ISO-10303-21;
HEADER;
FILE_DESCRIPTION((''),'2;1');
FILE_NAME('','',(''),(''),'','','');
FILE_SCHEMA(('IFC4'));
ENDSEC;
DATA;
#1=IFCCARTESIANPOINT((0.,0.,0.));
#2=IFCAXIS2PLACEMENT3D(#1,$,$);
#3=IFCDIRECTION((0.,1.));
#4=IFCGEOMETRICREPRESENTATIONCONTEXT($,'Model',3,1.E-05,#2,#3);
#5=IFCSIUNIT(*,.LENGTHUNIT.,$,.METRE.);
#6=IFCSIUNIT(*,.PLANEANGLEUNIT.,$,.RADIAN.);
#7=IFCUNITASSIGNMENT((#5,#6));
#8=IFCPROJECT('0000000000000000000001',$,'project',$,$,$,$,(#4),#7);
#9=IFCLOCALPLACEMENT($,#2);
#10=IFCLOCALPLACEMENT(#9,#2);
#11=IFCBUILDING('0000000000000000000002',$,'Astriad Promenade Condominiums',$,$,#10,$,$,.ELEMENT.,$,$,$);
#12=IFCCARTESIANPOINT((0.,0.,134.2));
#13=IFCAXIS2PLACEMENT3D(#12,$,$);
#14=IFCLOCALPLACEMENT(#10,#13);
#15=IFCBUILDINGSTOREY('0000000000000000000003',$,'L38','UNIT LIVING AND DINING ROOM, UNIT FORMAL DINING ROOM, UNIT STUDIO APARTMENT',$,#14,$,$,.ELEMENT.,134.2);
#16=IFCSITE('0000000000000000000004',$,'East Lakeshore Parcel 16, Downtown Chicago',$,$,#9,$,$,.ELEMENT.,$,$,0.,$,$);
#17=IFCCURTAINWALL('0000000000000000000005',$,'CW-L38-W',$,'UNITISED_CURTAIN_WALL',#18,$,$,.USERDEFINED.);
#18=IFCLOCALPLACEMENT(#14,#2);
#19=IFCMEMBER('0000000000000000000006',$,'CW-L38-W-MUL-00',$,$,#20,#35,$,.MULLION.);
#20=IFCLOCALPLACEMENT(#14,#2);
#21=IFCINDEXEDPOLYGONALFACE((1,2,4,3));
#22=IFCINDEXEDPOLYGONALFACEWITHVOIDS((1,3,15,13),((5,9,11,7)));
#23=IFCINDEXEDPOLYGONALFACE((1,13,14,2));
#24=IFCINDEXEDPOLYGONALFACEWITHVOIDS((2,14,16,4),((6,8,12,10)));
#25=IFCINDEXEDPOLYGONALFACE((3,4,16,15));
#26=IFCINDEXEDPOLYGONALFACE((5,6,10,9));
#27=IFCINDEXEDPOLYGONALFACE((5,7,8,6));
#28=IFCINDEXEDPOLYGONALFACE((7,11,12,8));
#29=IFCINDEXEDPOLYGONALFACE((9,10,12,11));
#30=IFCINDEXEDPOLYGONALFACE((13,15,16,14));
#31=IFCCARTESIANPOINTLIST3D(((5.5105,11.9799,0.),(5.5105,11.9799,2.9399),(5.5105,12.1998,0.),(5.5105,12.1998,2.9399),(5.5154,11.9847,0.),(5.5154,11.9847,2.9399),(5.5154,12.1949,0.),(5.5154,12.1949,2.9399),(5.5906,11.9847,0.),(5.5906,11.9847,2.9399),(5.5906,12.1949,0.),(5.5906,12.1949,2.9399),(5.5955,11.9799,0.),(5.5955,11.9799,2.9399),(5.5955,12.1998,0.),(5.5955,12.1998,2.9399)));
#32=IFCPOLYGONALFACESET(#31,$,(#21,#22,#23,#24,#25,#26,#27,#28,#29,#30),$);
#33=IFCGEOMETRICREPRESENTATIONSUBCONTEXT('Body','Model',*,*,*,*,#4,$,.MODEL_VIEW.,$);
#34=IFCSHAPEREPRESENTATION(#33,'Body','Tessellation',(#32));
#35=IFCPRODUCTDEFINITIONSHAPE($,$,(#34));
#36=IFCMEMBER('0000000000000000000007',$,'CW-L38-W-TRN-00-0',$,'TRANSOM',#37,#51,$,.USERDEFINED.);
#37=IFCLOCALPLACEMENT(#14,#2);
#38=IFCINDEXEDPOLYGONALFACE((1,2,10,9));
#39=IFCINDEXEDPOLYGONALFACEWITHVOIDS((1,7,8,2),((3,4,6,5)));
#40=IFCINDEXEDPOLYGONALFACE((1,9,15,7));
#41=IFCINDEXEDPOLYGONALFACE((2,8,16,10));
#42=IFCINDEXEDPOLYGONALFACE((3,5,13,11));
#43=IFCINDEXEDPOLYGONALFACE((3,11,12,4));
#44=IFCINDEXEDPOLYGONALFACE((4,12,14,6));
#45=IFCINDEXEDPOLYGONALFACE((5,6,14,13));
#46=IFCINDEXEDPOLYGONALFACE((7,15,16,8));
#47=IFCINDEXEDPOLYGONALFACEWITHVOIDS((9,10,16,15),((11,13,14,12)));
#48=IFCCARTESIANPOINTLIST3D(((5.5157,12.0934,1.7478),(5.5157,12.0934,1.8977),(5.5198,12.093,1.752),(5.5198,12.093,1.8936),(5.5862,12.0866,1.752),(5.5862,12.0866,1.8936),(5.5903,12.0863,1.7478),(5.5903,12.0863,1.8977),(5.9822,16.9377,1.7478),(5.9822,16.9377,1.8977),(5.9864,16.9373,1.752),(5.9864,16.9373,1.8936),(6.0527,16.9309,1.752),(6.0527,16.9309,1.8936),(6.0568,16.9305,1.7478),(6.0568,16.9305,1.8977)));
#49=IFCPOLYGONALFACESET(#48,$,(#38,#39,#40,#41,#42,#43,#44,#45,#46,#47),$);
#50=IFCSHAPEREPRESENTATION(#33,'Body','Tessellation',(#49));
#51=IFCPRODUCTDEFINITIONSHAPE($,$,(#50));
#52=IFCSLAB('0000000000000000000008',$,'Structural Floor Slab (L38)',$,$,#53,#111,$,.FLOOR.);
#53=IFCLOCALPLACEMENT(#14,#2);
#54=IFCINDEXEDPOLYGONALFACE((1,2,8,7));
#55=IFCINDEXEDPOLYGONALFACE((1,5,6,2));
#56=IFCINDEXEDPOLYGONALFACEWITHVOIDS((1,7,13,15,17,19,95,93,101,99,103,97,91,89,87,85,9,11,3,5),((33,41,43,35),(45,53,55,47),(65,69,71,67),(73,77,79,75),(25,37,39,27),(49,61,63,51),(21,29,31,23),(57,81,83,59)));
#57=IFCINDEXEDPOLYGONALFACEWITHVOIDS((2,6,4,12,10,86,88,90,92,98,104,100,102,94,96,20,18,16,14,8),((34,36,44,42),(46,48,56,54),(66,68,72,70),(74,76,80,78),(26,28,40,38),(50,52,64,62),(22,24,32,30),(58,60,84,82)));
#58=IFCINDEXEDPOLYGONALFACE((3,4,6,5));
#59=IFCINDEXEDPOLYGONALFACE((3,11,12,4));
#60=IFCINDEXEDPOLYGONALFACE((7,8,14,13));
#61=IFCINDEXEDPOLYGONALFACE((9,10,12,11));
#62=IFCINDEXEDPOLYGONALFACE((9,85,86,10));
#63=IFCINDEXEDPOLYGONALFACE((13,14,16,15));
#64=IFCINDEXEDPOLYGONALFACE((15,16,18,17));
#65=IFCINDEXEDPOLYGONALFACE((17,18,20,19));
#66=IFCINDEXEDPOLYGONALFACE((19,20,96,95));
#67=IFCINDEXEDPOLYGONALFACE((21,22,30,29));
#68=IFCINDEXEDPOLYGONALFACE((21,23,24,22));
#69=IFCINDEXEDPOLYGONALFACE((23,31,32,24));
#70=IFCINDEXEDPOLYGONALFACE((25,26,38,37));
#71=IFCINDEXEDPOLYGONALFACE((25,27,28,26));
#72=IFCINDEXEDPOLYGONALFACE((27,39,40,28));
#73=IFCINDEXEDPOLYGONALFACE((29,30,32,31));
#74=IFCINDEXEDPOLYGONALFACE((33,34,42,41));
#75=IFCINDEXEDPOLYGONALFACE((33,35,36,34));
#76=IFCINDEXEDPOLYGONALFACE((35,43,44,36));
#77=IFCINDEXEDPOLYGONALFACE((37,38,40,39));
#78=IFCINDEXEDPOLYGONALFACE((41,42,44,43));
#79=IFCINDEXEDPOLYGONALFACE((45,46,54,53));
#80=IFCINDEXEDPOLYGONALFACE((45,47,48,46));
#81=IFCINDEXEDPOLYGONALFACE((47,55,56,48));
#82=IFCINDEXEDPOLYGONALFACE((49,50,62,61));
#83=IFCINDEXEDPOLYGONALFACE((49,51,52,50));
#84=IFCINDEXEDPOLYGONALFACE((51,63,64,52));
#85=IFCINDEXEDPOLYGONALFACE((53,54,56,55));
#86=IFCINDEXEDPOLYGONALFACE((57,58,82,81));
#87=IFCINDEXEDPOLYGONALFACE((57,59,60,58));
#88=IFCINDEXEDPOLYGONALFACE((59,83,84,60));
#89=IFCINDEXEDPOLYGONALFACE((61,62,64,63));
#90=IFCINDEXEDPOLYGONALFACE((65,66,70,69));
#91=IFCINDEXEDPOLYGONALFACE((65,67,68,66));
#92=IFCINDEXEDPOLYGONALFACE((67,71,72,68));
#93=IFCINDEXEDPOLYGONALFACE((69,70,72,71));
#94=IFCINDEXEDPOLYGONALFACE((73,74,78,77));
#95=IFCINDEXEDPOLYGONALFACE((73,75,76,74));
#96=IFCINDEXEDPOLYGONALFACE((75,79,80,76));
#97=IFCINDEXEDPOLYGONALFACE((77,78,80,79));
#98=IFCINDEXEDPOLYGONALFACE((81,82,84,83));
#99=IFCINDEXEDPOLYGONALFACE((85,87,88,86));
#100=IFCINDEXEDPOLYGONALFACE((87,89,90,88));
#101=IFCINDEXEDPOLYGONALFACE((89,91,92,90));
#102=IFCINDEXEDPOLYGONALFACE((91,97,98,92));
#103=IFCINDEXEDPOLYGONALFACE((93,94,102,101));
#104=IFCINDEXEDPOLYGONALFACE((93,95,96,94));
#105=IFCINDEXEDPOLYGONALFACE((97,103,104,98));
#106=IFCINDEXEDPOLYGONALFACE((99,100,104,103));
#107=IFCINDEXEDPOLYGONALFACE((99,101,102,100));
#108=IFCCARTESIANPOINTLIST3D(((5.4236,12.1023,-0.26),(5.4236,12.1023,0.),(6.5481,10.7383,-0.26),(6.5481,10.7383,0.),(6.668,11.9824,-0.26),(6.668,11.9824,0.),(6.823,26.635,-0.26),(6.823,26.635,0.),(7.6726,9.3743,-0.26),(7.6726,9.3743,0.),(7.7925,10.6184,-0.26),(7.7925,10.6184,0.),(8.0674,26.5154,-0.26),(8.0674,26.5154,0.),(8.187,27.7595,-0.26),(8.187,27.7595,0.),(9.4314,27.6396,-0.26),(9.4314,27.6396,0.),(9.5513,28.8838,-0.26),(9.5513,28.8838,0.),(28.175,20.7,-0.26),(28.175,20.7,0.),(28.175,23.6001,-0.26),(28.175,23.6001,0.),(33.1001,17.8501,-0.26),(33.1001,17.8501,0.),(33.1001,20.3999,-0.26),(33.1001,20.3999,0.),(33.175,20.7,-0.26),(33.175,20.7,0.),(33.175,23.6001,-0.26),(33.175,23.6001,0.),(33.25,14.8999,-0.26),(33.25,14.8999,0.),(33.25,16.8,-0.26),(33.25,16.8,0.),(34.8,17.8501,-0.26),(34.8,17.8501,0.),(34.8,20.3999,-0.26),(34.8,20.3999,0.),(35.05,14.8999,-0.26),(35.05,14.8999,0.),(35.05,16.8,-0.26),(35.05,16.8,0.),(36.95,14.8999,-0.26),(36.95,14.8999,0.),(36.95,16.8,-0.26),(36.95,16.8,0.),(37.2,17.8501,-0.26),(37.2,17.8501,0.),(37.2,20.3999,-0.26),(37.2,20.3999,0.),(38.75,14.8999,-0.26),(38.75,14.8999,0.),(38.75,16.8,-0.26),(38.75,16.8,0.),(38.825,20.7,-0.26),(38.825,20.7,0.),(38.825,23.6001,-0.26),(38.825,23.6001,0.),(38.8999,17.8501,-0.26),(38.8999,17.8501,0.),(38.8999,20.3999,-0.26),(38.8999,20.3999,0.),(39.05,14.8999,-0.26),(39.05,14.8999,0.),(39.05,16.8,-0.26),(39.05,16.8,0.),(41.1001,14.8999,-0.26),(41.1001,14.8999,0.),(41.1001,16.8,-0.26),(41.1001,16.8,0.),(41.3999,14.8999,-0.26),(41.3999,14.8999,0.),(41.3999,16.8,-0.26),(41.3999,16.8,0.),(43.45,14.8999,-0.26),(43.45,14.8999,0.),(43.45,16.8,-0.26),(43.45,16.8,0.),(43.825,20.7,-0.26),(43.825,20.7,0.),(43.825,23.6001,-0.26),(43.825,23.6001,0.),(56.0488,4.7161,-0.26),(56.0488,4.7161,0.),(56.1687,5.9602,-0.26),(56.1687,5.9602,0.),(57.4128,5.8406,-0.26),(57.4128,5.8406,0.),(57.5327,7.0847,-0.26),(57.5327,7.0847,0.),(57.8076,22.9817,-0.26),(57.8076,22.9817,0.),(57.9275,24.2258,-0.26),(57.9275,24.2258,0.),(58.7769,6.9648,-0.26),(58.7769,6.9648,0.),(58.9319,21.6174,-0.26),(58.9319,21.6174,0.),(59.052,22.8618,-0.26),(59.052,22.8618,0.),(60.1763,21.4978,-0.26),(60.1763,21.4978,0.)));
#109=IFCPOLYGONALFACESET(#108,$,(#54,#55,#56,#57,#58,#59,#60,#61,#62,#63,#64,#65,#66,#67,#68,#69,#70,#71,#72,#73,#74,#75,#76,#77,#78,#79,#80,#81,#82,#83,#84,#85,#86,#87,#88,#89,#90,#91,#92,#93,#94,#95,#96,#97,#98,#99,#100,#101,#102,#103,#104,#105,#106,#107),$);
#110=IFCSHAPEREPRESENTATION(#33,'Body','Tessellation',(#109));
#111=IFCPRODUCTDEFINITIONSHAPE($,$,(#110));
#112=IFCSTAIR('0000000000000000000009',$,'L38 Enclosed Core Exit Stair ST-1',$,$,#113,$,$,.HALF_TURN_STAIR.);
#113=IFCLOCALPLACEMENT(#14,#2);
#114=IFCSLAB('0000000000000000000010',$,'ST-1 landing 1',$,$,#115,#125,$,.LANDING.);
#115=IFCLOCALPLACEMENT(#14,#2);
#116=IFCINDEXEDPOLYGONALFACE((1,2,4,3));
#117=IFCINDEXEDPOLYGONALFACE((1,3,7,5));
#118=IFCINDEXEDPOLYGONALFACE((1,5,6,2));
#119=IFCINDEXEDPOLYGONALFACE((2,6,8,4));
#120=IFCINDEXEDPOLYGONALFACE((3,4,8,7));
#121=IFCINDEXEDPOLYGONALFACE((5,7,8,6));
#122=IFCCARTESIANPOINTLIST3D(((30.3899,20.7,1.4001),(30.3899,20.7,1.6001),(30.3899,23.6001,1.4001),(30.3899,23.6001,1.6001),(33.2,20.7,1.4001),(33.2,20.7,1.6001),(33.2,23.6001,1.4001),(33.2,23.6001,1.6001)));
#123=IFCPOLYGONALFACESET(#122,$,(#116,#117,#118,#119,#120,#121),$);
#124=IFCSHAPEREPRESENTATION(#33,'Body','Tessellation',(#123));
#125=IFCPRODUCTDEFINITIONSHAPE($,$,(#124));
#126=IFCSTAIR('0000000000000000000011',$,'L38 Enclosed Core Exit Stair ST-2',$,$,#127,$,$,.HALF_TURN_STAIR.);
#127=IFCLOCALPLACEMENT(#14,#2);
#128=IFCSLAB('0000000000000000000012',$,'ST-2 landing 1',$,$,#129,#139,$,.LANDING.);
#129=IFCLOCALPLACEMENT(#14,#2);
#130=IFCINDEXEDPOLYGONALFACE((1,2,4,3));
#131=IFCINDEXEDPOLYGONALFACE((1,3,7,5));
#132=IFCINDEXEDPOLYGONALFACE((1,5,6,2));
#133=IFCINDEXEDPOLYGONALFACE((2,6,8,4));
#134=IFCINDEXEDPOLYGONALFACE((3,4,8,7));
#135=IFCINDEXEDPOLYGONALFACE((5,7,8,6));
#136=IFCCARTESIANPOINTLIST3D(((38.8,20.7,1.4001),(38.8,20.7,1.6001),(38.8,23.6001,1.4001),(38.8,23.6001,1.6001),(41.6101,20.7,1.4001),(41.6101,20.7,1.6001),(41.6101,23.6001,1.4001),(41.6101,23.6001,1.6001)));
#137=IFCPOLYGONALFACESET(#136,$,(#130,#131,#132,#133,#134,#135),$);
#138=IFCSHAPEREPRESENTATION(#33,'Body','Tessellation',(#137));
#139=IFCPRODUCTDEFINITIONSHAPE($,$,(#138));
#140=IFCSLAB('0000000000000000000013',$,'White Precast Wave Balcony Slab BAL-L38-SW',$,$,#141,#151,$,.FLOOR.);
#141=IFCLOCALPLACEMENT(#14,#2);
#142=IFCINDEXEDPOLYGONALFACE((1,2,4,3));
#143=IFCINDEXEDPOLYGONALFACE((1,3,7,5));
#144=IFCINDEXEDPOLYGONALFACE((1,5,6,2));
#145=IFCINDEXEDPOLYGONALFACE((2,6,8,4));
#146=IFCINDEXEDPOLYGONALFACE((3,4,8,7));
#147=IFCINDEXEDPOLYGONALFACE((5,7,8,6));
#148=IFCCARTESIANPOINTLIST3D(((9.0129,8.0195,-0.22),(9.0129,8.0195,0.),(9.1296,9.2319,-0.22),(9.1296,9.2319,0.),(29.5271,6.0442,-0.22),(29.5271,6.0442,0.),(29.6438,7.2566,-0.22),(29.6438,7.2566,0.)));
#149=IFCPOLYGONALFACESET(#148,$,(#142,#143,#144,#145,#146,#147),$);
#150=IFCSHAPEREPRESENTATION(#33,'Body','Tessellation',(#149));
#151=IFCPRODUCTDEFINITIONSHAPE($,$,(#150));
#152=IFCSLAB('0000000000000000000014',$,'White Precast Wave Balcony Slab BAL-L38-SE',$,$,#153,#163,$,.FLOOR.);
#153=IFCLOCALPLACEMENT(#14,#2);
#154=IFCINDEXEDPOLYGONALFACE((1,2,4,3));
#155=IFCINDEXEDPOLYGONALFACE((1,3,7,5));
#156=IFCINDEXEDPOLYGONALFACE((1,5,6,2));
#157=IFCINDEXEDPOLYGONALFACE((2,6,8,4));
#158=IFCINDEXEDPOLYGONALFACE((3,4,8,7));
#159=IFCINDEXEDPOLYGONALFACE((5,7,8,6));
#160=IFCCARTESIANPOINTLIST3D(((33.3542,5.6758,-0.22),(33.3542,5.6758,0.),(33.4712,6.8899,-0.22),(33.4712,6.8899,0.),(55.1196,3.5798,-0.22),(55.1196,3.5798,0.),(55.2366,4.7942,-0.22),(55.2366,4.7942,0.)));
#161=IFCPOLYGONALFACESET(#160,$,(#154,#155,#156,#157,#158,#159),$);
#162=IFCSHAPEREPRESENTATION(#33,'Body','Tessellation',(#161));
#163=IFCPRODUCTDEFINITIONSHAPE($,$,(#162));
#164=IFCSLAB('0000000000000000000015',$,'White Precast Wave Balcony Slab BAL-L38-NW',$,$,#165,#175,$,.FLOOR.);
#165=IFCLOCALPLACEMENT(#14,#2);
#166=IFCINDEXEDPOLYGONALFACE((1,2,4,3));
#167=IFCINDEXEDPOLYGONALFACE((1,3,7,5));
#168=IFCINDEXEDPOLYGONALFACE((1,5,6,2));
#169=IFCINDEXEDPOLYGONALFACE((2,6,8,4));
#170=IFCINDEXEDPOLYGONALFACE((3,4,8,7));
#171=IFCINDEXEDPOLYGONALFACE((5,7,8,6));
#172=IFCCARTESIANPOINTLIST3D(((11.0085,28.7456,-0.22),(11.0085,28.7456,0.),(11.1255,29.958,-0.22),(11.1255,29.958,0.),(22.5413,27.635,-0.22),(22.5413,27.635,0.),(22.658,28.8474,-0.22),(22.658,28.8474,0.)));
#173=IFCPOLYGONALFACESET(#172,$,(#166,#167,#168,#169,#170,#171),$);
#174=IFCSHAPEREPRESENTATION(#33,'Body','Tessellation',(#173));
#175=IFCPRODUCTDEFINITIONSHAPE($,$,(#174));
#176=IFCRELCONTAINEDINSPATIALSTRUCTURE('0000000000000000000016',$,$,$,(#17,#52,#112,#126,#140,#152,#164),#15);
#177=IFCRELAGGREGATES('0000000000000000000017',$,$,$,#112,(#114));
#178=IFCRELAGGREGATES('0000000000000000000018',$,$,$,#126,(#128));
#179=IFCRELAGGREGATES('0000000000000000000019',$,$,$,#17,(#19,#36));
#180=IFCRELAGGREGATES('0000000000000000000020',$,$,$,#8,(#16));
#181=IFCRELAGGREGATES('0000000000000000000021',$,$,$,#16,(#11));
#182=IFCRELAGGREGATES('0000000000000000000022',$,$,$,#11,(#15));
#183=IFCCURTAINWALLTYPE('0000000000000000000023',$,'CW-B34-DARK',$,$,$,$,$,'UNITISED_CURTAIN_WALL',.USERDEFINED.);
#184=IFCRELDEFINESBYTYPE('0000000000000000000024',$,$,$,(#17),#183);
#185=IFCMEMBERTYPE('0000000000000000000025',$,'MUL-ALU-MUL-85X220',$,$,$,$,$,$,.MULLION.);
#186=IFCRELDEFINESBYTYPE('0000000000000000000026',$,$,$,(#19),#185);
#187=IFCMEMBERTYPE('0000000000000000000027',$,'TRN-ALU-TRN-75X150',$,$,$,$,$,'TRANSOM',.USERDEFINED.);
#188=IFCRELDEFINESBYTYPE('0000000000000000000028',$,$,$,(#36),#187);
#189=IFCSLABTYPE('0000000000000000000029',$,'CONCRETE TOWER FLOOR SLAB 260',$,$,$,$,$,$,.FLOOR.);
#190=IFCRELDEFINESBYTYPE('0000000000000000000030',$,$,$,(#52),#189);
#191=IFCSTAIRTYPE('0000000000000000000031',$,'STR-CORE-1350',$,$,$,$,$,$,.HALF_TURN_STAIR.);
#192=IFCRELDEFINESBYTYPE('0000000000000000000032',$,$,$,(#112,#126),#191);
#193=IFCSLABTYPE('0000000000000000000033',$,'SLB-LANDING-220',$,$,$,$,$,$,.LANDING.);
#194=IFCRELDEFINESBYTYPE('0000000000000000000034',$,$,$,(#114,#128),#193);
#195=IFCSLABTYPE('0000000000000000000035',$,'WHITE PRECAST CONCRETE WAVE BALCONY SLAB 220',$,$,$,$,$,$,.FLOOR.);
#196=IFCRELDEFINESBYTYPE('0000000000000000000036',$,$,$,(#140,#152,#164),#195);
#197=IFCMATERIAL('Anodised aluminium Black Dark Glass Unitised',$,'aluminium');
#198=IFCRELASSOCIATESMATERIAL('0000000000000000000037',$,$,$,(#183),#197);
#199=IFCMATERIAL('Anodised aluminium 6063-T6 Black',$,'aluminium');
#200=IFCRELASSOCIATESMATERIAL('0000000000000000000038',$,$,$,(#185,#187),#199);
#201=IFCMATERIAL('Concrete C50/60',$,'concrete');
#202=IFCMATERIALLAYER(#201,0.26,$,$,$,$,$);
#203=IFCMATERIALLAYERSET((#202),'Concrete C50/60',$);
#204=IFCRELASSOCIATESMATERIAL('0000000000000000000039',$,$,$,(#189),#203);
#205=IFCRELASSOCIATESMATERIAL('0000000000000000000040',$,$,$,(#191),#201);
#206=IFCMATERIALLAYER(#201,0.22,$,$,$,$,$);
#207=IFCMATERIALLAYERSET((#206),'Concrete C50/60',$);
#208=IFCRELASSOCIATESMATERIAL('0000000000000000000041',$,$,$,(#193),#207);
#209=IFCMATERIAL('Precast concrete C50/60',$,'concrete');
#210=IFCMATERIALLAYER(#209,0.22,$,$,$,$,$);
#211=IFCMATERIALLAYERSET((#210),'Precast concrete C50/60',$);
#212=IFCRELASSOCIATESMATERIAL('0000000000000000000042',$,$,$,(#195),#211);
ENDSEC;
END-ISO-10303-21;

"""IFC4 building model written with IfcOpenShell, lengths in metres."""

from ifc_helpers import new_model, si_unit, direction, frame, origin, origin_2d, place, context, subcontext, project, spatial, polyline, hollow_rectangle, outline, extrude, source, transform, mapped, material, layer, layer_set, material_profile, profile_set, type_object, type_shapes, element, aggregate, save


model = new_model("IFC4")

# Units and contexts
model_context = context("Model", 3, precision=1e-05, world=origin(), true_north=direction((0.0, 1.0)))
body_context = subcontext(model_context, "Body", "Model", "MODEL_VIEW")
ifc_project = project(units=[si_unit("LENGTHUNIT", "METRE"), si_unit("PLANEANGLEUNIT", "RADIAN")], contexts=[model_context])

# Site, building, storey
site_placement = place(None, origin())
site = spatial("IfcSite", under=ifc_project, at=site_placement, Name="East Lakeshore Parcel 16, Downtown Chicago", CompositionType="ELEMENT", RefElevation=0.0)
building_placement = place(site_placement, origin())
building = spatial("IfcBuilding", under=site, at=building_placement, Name="Astriad Promenade Condominiums", CompositionType="ELEMENT")
storey_placement = place(building_placement, frame((0.0, 0.0, 134.2)))
storey = spatial("IfcBuildingStorey", under=building, at=storey_placement, Name="L38", Description="UNIT LIVING AND DINING ROOM, UNIT FORMAL DINING ROOM, UNIT STUDIO APARTMENT", CompositionType="ELEMENT", Elevation=134.2)

# Curtain wall, members
ifc_material_1 = material(Name="Anodised aluminium Black Dark Glass Unitised", Category="aluminium")
curtain_wall_type = type_object("IfcCurtainWallType", Name="CW-B34-DARK", ElementType="UNITISED_CURTAIN_WALL", PredefinedType="USERDEFINED", material=ifc_material_1)
curtain_wall_placement = place(storey_placement, origin())
curtain_wall = element("IfcCurtainWall", 1, at=curtain_wall_placement, inside=storey, type_object=curtain_wall_type, Name="CW-L38-W", ObjectType="UNITISED_CURTAIN_WALL", PredefinedType="USERDEFINED")
ifc_material_2 = material(Name="Anodised aluminium 6063-T6 Black", Category="aluminium")
ifc_material_profile_1 = material_profile(ifc_material_2, hollow_rectangle(XDim=0.085, YDim=0.22, WallThickness=0.0049, at=origin_2d()), Name="ALU-MUL-85X220")
ifc_profile_set_1 = profile_set([ifc_material_profile_1], Name="Anodised aluminium 6063-T6 Black")
member_type_1 = type_object("IfcMemberType", Name="MUL-ALU-MUL-85X220", PredefinedType="MULLION", material=ifc_profile_set_1)
shared_shape_1 = source(origin(), body_context, "Body", "SweptSolid", [
    extrude(hollow_rectangle(XDim=0.085, YDim=0.22, WallThickness=0.0049, at=origin_2d()), origin(), (0.0, 0.0, 1.0), 2.9399),
])
type_shapes(member_type_1, [shared_shape_1])
member_1_placement = place(storey_placement, frame((5.553, 12.0898, 0.0), z_axis=(0.0, 0.0, 1.0), x_axis=(1.0, 0.0, 0.0)))
member_1 = element("IfcMember", 2, at=member_1_placement, type_object=member_type_1, Name="CW-L38-W-MUL-00", PredefinedType="MULLION", context=body_context, shape_type="MappedRepresentation", body=[
    mapped(shared_shape_1, transform((0.0, 0.0, 0.0), scale=1.0)),
])
ifc_material_profile_2 = material_profile(ifc_material_2, hollow_rectangle(XDim=0.075, YDim=0.1499, WallThickness=0.0042, at=origin_2d()), Name="ALU-TRN-75X150")
ifc_profile_set_2 = profile_set([ifc_material_profile_2], Name="Anodised aluminium 6063-T6 Black")
member_type_2 = type_object("IfcMemberType", Name="TRN-ALU-TRN-75X150", ElementType="TRANSOM", PredefinedType="USERDEFINED", material=ifc_profile_set_2)
shared_shape_2 = source(origin(), body_context, "Body", "SweptSolid", [
    extrude(hollow_rectangle(XDim=0.075, YDim=0.1499, WallThickness=0.0042, at=origin_2d()), origin(), (0.0, 0.0, 1.0), 4.8667),
])
type_shapes(member_type_2, [shared_shape_2])
member_2_placement = place(storey_placement, frame((5.553, 12.0898, 1.8228), z_axis=(0.095867, 0.995394, 0.0), x_axis=(-0.995394, 0.095867, 0.0)))
member_2 = element("IfcMember", 3, at=member_2_placement, type_object=member_type_2, Name="CW-L38-W-TRN-00-0", ObjectType="TRANSOM", PredefinedType="USERDEFINED", context=body_context, shape_type="MappedRepresentation", body=[
    mapped(shared_shape_2, transform((0.0, 0.0, 0.0), scale=1.0)),
])

# Slab
ifc_material_3 = material(Name="Concrete C50/60", Category="concrete")
ifc_layer_1 = layer(ifc_material_3, 0.26)
ifc_layer_set_1 = layer_set([ifc_layer_1], Name="Concrete C50/60")
slab_type_1 = type_object("IfcSlabType", Name="CONCRETE TOWER FLOOR SLAB 260", PredefinedType="FLOOR", material=ifc_layer_set_1)
slab_1_placement = place(storey_placement, frame((0.0, 0.0, -0.26)))
element("IfcSlab", 4, at=slab_1_placement, inside=storey, type_object=slab_type_1, Name="Structural Floor Slab (L38)", PredefinedType="FLOOR", context=body_context, shape_type="SweptSolid", body=[
    extrude(outline(polyline([(7.6726, 9.3743), (56.0488, 4.7161), (56.1687, 5.9602), (57.4128, 5.8406), (57.5327, 7.0847), (58.7769, 6.9648), (60.1763, 21.4978), (58.9319, 21.6174), (59.052, 22.8618), (57.8076, 22.9817), (57.9275, 24.2258), (9.5513, 28.8838), (9.4314, 27.6396), (8.187, 27.7595), (8.0674, 26.5154), (6.823, 26.635), (5.4236, 12.1023), (6.668, 11.9824), (6.5481, 10.7383), (7.7925, 10.6184), (7.6726, 9.3743)]), holes=[polyline([(28.175, 20.7), (33.175, 20.7), (33.175, 23.6001), (28.175, 23.6001), (28.175, 20.7)]), polyline([(38.825, 20.7), (43.825, 20.7), (43.825, 23.6001), (38.825, 23.6001), (38.825, 20.7)]), polyline([(33.1001, 17.8501), (34.8, 17.8501), (34.8, 20.3999), (33.1001, 20.3999), (33.1001, 17.8501)]), polyline([(37.2, 17.8501), (38.8999, 17.8501), (38.8999, 20.3999), (37.2, 20.3999), (37.2, 17.8501)]), polyline([(33.25, 14.8999), (35.05, 14.8999), (35.05, 16.8), (33.25, 16.8), (33.25, 14.8999)]), polyline([(36.95, 14.8999), (38.75, 14.8999), (38.75, 16.8), (36.95, 16.8), (36.95, 14.8999)]), polyline([(39.05, 14.8999), (41.1001, 14.8999), (41.1001, 16.8), (39.05, 16.8), (39.05, 14.8999)]), polyline([(41.3999, 14.8999), (43.45, 14.8999), (43.45, 16.8), (41.3999, 16.8), (41.3999, 14.8999)])]), origin(), (0.0, 0.0, 1.0), 0.26),
])

# Stairs, slabs
stair_type = type_object("IfcStairType", Name="STR-CORE-1350", PredefinedType="HALF_TURN_STAIR", material=ifc_material_3)
stair_1_placement = place(storey_placement, origin())
stair_1 = element("IfcStair", 5, at=stair_1_placement, inside=storey, type_object=stair_type, Name="L38 Enclosed Core Exit Stair ST-1", PredefinedType="HALF_TURN_STAIR")
ifc_layer_2 = layer(ifc_material_3, 0.22)
ifc_layer_set_2 = layer_set([ifc_layer_2], Name="Concrete C50/60")
slab_type_2 = type_object("IfcSlabType", Name="SLB-LANDING-220", PredefinedType="LANDING", material=ifc_layer_set_2)
slab_2_placement = place(storey_placement, frame((0.0, 0.0, 1.4001)))
slab_2 = element("IfcSlab", 6, at=slab_2_placement, type_object=slab_type_2, Name="ST-1 landing 1", PredefinedType="LANDING", context=body_context, shape_type="SweptSolid", body=[
    extrude(outline(polyline([(30.3899, 20.7), (33.2, 20.7), (33.2, 23.6001), (30.3899, 23.6001), (30.3899, 20.7)])), origin(), (0.0, 0.0, 1.0), 0.2),
])
aggregate(stair_1, [slab_2])
stair_2_placement = place(storey_placement, origin())
stair_2 = element("IfcStair", 7, at=stair_2_placement, inside=storey, type_object=stair_type, Name="L38 Enclosed Core Exit Stair ST-2", PredefinedType="HALF_TURN_STAIR")
slab_3_placement = place(storey_placement, frame((0.0, 0.0, 1.4001)))
slab_3 = element("IfcSlab", 8, at=slab_3_placement, type_object=slab_type_2, Name="ST-2 landing 1", PredefinedType="LANDING", context=body_context, shape_type="SweptSolid", body=[
    extrude(outline(polyline([(41.6101, 23.6001), (38.8, 23.6001), (38.8, 20.7), (41.6101, 20.7), (41.6101, 23.6001)])), origin(), (0.0, 0.0, 1.0), 0.2),
])
aggregate(stair_2, [slab_3])

# Slabs
ifc_material_4 = material(Name="Precast concrete C50/60", Category="concrete")
ifc_layer_3 = layer(ifc_material_4, 0.22)
ifc_layer_set_3 = layer_set([ifc_layer_3], Name="Precast concrete C50/60")
slab_type_3 = type_object("IfcSlabType", Name="WHITE PRECAST CONCRETE WAVE BALCONY SLAB 220", PredefinedType="FLOOR", material=ifc_layer_set_3)
slab_4_placement = place(storey_placement, frame((0.0, 0.0, -0.22)))
element("IfcSlab", 9, at=slab_4_placement, inside=storey, type_object=slab_type_3, Name="White Precast Wave Balcony Slab BAL-L38-SW", PredefinedType="FLOOR", context=body_context, shape_type="SweptSolid", body=[
    extrude(outline(polyline([(29.5271, 6.0442), (9.0129, 8.0195), (9.1296, 9.2319), (29.6438, 7.2566), (29.5271, 6.0442)])), origin(), (0.0, 0.0, 1.0), 0.22),
])
slab_5_placement = place(storey_placement, frame((0.0, 0.0, -0.22)))
element("IfcSlab", 10, at=slab_5_placement, inside=storey, type_object=slab_type_3, Name="White Precast Wave Balcony Slab BAL-L38-SE", PredefinedType="FLOOR", context=body_context, shape_type="SweptSolid", body=[
    extrude(outline(polyline([(33.3542, 5.6758), (55.1196, 3.5798), (55.2366, 4.7942), (33.4712, 6.8899), (33.3542, 5.6758)])), origin(), (0.0, 0.0, 1.0), 0.22),
])
slab_6_placement = place(storey_placement, frame((0.0, 0.0, -0.22)))
element("IfcSlab", 11, at=slab_6_placement, inside=storey, type_object=slab_type_3, Name="White Precast Wave Balcony Slab BAL-L38-NW", PredefinedType="FLOOR", context=body_context, shape_type="SweptSolid", body=[
    extrude(outline(polyline([(11.1255, 29.958), (22.658, 28.8474), (22.5413, 27.635), (11.0085, 28.7456), (11.1255, 29.958)])), origin(), (0.0, 0.0, 1.0), 0.22),
])

aggregate(curtain_wall, [member_1, member_2])

save(model, "model.ifc")
